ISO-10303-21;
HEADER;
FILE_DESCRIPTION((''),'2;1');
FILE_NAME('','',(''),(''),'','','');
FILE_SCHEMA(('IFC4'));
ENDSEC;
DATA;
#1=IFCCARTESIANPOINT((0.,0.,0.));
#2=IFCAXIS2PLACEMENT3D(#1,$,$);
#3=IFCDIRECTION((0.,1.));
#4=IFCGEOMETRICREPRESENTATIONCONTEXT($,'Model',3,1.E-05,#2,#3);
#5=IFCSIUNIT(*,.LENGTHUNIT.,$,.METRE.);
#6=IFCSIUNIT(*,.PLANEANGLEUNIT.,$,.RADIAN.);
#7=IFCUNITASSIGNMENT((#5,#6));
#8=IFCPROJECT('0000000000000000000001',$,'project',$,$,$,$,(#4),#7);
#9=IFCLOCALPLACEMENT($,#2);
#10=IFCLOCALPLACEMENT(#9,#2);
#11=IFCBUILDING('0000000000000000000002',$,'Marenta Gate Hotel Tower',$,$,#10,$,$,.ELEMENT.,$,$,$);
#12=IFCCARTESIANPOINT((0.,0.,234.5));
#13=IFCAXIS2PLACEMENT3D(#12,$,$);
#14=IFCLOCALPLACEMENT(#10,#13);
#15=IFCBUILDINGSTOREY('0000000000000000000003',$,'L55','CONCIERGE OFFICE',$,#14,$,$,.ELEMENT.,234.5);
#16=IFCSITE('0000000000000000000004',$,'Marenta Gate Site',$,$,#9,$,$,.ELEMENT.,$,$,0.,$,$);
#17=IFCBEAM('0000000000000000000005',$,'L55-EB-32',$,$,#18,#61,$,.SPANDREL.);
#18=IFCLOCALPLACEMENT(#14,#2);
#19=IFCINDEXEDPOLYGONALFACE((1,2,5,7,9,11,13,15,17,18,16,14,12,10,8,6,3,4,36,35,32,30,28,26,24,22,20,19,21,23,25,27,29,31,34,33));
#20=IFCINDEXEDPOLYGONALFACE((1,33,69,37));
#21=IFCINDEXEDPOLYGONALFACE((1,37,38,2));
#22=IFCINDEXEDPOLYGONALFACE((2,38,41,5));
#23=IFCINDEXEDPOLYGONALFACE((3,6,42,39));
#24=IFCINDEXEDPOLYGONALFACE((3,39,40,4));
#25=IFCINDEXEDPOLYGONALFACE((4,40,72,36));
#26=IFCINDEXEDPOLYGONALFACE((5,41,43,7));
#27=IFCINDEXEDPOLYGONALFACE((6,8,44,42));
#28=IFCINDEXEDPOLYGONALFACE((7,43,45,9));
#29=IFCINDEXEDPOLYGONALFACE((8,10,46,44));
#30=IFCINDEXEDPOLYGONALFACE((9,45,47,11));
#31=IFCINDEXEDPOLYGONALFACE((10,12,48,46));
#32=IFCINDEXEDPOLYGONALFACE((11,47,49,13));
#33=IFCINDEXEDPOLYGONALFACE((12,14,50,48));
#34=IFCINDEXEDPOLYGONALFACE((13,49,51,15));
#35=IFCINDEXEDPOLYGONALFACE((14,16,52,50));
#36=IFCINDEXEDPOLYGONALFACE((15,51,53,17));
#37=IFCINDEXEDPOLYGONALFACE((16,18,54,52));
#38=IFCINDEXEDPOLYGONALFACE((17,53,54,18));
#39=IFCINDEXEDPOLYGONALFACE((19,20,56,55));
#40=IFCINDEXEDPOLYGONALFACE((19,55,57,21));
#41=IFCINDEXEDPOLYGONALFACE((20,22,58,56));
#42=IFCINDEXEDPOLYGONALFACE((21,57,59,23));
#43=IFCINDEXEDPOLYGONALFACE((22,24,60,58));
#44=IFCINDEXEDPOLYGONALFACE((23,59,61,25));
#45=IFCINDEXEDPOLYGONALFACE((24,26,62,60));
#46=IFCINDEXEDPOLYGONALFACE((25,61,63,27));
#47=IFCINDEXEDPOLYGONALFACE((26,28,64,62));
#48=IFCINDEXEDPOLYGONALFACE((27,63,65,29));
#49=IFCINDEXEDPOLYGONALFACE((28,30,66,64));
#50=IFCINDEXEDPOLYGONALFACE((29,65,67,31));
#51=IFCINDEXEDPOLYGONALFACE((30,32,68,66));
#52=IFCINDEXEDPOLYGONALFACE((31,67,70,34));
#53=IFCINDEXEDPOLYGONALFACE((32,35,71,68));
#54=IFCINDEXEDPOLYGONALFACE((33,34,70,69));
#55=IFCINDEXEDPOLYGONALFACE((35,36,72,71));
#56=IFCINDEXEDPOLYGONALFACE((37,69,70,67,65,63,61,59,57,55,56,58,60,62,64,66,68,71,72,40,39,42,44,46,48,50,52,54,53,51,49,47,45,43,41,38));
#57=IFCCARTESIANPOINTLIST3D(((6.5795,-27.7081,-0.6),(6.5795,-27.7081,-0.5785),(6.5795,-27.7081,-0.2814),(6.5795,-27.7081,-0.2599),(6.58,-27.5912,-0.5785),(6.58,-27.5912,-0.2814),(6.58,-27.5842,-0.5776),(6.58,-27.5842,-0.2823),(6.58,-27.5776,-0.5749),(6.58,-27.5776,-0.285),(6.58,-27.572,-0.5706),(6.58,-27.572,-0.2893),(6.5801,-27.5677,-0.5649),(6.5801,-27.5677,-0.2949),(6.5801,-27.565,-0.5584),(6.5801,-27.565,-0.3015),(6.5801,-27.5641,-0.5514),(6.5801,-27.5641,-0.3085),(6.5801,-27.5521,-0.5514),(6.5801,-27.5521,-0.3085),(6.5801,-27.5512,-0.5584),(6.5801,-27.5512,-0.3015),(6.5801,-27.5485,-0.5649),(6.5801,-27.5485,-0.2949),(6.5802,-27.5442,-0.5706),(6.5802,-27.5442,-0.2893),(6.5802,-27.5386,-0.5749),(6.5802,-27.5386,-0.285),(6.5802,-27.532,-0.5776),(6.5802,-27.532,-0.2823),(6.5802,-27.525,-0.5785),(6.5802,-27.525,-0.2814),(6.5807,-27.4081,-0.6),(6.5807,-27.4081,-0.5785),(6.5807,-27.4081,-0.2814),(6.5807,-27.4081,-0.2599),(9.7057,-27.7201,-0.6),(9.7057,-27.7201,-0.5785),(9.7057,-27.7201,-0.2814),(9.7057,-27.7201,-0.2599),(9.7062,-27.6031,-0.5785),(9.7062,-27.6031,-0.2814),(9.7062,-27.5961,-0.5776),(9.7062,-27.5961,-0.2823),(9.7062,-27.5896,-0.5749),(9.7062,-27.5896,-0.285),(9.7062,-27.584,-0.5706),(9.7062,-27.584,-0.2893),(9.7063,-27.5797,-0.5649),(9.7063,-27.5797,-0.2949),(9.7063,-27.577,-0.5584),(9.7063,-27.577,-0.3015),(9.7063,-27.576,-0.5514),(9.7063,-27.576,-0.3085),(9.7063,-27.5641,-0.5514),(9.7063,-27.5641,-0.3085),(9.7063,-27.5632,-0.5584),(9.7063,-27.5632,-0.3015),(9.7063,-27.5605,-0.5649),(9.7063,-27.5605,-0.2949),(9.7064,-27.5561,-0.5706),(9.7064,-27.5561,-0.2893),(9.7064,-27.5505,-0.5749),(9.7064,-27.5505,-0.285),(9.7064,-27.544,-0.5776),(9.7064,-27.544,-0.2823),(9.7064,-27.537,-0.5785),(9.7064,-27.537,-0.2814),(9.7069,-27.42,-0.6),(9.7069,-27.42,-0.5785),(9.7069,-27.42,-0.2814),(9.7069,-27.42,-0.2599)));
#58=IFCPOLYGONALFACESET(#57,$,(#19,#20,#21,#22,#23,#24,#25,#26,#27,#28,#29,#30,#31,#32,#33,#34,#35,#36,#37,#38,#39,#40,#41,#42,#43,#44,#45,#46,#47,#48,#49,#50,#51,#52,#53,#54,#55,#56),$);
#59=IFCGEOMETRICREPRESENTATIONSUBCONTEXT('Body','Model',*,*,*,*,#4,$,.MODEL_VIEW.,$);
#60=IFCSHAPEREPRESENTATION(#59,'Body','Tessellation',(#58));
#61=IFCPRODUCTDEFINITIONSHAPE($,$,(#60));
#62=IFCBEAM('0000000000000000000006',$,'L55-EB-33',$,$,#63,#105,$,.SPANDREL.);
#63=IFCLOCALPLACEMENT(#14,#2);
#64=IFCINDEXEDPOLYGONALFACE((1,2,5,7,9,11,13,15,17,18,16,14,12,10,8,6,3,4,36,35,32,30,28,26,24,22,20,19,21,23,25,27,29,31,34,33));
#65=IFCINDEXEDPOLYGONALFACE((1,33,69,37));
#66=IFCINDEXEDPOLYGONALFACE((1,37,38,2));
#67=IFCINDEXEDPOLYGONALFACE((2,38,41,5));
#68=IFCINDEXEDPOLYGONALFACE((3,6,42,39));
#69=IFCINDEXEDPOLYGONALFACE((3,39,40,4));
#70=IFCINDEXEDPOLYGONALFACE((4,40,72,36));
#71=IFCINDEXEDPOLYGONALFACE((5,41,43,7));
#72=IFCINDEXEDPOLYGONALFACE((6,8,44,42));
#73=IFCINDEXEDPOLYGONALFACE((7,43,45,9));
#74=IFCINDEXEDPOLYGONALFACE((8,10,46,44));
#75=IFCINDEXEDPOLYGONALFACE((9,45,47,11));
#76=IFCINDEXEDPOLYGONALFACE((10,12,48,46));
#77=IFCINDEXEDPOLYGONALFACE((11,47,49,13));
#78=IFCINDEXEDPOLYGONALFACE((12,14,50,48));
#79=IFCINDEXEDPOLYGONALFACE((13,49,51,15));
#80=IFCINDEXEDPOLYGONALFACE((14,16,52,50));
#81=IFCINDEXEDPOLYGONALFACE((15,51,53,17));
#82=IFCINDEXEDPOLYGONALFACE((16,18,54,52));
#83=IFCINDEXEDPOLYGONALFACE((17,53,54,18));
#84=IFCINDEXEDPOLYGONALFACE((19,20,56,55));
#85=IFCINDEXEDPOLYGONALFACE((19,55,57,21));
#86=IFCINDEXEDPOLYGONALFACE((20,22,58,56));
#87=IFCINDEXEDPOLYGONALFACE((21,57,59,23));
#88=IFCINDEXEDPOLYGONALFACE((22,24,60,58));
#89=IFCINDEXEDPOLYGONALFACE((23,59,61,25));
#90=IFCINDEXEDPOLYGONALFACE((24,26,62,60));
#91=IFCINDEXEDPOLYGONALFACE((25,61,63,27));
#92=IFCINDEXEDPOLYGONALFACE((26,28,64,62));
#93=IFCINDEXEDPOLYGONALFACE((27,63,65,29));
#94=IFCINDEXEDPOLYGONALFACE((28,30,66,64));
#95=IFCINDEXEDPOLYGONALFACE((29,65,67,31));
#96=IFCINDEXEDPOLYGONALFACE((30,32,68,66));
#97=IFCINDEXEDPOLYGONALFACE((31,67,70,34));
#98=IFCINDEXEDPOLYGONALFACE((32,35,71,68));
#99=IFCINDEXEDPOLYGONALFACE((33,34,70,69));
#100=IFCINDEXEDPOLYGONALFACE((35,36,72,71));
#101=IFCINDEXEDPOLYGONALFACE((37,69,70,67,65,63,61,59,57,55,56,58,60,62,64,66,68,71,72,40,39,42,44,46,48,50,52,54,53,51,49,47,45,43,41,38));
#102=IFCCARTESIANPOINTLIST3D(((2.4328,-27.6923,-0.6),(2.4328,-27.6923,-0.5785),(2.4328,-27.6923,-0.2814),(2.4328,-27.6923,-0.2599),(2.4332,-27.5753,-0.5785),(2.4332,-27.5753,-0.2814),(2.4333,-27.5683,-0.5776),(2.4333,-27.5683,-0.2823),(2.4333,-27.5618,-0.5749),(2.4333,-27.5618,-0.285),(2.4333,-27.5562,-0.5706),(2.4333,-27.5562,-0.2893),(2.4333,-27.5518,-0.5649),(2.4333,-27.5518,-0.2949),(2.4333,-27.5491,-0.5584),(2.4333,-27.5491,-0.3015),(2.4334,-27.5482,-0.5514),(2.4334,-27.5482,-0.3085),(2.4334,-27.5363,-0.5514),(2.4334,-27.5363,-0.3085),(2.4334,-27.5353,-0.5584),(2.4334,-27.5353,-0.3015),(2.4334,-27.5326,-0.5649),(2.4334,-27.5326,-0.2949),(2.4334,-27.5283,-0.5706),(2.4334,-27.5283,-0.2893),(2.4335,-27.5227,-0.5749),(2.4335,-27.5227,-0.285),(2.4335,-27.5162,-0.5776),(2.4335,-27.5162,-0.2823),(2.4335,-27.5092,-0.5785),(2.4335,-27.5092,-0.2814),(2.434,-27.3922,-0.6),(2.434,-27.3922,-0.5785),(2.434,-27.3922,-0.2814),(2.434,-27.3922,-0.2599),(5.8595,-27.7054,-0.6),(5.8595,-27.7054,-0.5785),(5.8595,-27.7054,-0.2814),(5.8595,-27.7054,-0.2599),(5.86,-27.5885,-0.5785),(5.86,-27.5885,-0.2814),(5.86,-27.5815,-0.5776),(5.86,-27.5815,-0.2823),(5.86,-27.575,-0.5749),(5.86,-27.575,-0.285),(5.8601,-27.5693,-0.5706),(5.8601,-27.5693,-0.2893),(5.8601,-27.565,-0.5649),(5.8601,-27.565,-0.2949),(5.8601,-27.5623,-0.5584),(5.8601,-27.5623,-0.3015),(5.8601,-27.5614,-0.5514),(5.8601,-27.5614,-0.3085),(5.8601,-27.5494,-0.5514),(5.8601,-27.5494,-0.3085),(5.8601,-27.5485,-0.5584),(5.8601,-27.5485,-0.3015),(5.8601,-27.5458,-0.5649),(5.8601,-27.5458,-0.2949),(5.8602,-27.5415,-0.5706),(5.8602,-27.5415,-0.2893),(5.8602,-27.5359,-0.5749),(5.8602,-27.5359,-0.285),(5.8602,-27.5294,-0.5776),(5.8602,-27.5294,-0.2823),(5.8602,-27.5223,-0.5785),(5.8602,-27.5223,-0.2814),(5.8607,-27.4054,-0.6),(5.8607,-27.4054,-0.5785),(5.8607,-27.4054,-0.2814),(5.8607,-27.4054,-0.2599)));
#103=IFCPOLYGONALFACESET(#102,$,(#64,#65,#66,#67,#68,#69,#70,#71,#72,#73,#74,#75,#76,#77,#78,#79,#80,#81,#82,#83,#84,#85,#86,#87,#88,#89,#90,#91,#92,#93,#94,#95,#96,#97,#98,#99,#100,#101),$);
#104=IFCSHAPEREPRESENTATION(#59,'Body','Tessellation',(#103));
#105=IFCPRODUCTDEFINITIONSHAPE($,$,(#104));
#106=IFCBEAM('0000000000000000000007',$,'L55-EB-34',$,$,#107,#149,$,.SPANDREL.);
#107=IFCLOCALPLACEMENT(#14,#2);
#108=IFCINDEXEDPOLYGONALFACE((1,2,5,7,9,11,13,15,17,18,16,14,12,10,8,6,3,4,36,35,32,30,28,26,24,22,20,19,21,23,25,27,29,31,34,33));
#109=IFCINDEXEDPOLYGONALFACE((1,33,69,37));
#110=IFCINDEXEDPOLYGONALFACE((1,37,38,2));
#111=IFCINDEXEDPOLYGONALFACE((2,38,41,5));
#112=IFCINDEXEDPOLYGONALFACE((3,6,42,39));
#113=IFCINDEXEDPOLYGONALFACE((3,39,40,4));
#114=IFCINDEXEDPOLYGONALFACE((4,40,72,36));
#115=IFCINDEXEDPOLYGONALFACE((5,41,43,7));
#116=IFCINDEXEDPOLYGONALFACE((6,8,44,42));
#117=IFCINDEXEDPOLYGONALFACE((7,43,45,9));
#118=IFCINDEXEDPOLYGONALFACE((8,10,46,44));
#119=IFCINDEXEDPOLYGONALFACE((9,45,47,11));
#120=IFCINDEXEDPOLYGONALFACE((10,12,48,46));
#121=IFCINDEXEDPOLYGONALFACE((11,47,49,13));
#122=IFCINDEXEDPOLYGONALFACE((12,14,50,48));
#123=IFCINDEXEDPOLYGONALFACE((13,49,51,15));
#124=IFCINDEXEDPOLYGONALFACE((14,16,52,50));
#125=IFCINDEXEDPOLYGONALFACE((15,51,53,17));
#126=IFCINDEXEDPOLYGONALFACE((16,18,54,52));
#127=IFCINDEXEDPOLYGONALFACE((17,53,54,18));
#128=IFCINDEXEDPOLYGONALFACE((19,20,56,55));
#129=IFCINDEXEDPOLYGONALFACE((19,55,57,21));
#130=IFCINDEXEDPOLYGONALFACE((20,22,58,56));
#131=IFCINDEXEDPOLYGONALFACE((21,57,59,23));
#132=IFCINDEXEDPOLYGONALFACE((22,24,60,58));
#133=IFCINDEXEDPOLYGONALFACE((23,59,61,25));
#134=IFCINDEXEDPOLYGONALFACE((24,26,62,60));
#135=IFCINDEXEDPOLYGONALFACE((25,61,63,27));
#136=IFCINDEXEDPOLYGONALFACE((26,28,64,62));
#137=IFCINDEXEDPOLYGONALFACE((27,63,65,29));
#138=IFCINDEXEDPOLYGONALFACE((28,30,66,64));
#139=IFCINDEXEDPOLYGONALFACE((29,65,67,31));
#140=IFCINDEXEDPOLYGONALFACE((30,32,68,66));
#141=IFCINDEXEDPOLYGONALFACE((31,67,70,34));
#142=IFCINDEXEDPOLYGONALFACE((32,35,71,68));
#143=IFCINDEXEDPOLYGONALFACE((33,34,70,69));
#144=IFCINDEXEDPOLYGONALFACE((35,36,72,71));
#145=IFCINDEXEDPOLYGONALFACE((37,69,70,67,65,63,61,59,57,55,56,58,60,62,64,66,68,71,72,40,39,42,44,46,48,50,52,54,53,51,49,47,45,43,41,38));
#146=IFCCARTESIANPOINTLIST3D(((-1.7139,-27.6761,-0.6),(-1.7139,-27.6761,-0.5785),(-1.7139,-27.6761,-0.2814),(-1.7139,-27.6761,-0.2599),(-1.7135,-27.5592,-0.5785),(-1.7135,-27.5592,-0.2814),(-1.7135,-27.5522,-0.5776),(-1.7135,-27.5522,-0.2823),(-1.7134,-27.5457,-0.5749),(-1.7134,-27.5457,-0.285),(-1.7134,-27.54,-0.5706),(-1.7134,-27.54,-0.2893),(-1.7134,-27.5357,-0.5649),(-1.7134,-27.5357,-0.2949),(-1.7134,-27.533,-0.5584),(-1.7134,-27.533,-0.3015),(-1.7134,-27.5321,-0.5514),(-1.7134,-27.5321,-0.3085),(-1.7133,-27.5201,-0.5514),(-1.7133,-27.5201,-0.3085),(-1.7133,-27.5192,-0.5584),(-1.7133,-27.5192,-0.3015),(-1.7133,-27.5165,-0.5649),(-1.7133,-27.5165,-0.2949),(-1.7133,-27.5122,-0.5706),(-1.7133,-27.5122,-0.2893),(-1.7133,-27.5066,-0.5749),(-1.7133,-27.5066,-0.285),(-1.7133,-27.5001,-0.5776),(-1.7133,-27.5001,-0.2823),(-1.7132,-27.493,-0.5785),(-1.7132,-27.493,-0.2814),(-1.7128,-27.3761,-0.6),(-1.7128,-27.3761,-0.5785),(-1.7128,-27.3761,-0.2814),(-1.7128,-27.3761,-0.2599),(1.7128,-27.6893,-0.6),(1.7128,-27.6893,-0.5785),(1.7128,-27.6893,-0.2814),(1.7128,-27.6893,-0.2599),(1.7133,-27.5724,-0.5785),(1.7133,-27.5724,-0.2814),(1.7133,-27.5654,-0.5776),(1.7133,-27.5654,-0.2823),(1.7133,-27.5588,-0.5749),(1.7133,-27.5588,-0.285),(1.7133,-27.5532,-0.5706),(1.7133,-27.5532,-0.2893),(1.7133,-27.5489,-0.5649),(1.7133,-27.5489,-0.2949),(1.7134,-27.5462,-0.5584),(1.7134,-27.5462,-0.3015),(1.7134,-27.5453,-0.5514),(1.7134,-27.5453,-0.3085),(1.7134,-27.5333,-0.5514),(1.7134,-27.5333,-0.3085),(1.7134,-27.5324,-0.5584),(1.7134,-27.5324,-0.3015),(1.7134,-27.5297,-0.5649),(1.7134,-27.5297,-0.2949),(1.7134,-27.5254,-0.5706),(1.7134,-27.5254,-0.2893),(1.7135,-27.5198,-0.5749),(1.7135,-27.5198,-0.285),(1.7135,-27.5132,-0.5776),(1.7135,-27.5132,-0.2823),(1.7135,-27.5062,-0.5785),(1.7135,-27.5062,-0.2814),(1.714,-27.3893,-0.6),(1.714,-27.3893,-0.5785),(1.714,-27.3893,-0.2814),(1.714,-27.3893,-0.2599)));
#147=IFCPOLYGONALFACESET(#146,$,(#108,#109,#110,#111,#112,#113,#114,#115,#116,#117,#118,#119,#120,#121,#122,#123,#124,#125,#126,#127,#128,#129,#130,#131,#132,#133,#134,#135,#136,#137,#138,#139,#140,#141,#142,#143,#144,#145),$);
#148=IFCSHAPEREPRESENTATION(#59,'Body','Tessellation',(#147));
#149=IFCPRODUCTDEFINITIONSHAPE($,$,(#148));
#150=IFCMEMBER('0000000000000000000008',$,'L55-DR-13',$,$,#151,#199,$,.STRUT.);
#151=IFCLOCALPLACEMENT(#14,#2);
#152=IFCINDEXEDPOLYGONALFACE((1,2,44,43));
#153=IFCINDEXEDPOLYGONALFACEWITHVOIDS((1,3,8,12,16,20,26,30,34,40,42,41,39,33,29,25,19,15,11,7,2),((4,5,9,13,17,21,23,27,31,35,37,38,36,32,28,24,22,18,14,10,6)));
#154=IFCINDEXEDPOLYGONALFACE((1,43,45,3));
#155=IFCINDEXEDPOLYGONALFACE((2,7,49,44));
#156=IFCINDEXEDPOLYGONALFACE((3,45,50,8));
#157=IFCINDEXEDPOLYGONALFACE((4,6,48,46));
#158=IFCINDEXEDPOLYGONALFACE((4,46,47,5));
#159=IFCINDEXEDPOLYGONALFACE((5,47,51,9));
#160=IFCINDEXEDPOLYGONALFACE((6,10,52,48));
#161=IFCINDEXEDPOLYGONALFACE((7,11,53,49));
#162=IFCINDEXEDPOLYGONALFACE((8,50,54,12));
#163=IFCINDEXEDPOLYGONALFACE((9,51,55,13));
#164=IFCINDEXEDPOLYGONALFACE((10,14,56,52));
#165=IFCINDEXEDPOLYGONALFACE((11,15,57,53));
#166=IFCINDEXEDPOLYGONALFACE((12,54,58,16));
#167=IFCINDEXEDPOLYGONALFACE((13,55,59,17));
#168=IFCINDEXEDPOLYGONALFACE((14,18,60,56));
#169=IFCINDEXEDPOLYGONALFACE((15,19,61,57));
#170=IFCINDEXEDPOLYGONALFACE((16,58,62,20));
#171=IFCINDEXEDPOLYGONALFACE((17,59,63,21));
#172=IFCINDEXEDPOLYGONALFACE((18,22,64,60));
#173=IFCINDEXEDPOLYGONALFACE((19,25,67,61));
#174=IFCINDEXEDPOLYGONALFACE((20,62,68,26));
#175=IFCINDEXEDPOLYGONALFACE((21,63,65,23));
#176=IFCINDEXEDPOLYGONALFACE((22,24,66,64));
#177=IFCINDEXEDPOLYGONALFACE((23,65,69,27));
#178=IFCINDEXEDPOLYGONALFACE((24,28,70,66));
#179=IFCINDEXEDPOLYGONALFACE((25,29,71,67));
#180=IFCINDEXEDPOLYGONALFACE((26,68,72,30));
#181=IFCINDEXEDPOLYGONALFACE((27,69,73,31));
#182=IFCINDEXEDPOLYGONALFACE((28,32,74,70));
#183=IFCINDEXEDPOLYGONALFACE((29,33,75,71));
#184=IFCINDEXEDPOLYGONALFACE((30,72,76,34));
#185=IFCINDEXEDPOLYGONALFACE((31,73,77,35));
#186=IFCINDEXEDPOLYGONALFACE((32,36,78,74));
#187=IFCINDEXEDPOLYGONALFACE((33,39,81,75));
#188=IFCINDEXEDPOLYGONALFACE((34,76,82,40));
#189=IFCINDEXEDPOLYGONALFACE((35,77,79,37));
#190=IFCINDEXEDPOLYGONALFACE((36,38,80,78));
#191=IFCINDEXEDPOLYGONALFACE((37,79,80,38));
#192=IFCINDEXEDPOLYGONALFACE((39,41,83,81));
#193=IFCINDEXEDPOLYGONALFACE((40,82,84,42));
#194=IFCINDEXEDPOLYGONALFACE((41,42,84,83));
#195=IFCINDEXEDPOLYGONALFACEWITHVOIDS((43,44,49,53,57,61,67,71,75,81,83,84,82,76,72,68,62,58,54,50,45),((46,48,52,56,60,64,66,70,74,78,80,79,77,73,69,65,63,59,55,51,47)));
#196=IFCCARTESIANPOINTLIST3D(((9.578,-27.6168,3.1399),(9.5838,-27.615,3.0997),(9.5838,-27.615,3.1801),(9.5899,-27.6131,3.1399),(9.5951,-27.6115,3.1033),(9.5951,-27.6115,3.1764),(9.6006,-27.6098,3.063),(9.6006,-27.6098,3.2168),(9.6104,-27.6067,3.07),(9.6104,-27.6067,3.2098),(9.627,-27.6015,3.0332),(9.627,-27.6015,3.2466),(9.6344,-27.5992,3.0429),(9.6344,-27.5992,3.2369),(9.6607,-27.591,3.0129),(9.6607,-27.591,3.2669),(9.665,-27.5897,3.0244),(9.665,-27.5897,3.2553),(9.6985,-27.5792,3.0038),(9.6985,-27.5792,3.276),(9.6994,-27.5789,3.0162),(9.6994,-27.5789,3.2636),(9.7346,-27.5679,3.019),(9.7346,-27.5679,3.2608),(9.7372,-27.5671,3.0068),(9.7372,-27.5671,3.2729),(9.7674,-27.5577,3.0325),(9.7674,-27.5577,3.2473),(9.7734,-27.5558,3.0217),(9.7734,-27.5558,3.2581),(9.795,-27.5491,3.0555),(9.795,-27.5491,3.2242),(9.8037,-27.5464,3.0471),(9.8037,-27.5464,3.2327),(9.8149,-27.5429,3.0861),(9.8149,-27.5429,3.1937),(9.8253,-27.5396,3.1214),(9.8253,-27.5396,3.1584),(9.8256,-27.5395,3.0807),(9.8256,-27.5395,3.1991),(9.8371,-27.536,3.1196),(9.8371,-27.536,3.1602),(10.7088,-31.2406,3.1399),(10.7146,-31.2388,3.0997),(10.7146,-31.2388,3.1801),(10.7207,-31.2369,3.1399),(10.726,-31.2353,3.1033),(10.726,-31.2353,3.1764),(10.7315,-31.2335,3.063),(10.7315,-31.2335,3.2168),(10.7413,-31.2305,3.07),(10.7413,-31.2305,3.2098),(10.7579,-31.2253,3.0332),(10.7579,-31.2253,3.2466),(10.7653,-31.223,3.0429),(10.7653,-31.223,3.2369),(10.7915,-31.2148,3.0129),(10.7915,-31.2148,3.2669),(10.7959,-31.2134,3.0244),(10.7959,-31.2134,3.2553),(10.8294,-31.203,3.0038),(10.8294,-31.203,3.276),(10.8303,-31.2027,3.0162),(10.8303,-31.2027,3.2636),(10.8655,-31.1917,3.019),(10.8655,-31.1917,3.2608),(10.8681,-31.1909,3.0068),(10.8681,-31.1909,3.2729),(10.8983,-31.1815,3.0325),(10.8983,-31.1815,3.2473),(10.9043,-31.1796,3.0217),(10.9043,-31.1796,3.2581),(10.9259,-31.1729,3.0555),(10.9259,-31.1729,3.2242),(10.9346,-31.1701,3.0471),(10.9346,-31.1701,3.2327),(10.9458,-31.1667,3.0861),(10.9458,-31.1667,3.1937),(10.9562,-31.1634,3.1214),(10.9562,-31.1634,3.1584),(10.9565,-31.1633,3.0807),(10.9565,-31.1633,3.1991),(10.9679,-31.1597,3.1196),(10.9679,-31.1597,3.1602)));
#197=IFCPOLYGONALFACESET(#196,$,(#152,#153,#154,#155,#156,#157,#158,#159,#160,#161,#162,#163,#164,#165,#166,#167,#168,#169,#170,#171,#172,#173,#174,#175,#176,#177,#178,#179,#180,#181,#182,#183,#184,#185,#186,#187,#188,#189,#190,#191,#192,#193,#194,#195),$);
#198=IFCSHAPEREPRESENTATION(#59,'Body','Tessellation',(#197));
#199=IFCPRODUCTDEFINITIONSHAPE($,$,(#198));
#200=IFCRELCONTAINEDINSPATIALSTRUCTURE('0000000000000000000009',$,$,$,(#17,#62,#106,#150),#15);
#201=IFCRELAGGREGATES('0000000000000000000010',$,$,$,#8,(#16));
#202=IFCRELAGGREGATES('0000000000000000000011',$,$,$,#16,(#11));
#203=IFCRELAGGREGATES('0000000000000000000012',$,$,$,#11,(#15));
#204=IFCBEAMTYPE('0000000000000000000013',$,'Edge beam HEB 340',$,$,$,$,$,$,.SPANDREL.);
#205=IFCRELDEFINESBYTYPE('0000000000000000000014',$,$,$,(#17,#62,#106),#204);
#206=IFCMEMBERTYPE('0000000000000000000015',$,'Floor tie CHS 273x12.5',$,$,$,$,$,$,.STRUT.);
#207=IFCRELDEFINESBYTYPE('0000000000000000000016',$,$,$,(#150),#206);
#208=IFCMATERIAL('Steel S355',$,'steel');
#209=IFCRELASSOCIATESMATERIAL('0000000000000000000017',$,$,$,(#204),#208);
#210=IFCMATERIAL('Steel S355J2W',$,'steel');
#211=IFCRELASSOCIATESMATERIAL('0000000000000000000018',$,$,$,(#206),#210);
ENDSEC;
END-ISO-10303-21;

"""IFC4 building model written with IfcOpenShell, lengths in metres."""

from ifc_helpers import new_model, si_unit, direction, frame, origin, origin_2d, place, context, subcontext, project, spatial, hollow_circle, i_section, extrude, material, material_profile, profile_set, type_object, element, save


model = new_model("IFC4")

# Units and contexts
model_context = context("Model", 3, precision=1e-05, world=origin(), true_north=direction((0.0, 1.0)))
body_context = subcontext(model_context, "Body", "Model", "MODEL_VIEW")
ifc_project = project(units=[si_unit("LENGTHUNIT", "METRE"), si_unit("PLANEANGLEUNIT", "RADIAN")], contexts=[model_context])

# Site, building, storey
site_placement = place(None, origin())
site = spatial("IfcSite", under=ifc_project, at=site_placement, Name="Marenta Gate Site", CompositionType="ELEMENT", RefElevation=0.0)
building_placement = place(site_placement, origin())
building = spatial("IfcBuilding", under=site, at=building_placement, Name="Marenta Gate Hotel Tower", CompositionType="ELEMENT")
storey_placement = place(building_placement, frame((0.0, 0.0, 234.5)))
storey = spatial("IfcBuildingStorey", under=building, at=storey_placement, Name="L55", Description="CONCIERGE OFFICE", CompositionType="ELEMENT", Elevation=234.5)

# Beams
ifc_material_1 = material(Name="Steel S355", Category="steel")
ifc_material_profile_1 = material_profile(ifc_material_1, i_section(OverallWidth=0.3, OverallDepth=0.3401, WebThickness=0.012, FlangeThickness=0.0215, FilletRadius=0.0271, at=origin_2d()), Name="HEB 340")
ifc_profile_set_1 = profile_set([ifc_material_profile_1], Name="Steel S355")
beam_type = type_object("IfcBeamType", Name="Edge beam HEB 340", PredefinedType="SPANDREL", material=ifc_profile_set_1)
beam_placement = place(storey_placement, frame((9.7063, -27.5701, -0.4299), z_axis=(-0.999993, 0.003827, 0.0), x_axis=(-0.003827, -0.999993, 0.0)))
element("IfcBeam", 1, at=beam_placement, inside=storey, type_object=beam_type, Name="L55-EB-32", PredefinedType="SPANDREL", context=body_context, shape_type="SweptSolid", body=[
    extrude(i_section(OverallWidth=0.3, OverallDepth=0.3401, WebThickness=0.012, FlangeThickness=0.0215, FilletRadius=0.0271, at=origin_2d()), origin(), (0.0, 0.0, 1.0), 3.1262),
])
for number, where, z_axis, x_axis, name in (
    (2, (5.8601, -27.5554, -0.4299), (-0.999993, 0.003847, 0.0), (-0.003847, -0.999993, 0.0), "L55-EB-33"),
    (3, (1.7134, -27.5393, -0.4299), (-0.999993, 0.003847, 0.0), (-0.003847, -0.999993, 0.0), "L55-EB-34"),
):
    element("IfcBeam", number, at=place(storey_placement, frame(where, z_axis=z_axis, x_axis=x_axis)), inside=storey, type_object=beam_type, Name=name, PredefinedType="SPANDREL", context=body_context, shape_type="SweptSolid", body=[
        extrude(i_section(OverallWidth=0.3, OverallDepth=0.3401, WebThickness=0.012, FlangeThickness=0.0215, FilletRadius=0.0271, at=origin_2d()), origin(), (0.0, 0.0, 1.0), 3.4268),
    ])

# Member
ifc_material_2 = material(Name="Steel S355J2W", Category="steel")
ifc_material_profile_2 = material_profile(ifc_material_2, hollow_circle(Radius=0.1365, WallThickness=0.0125, at=origin_2d()), Name="CHS 273x12.5")
ifc_profile_set_2 = profile_set([ifc_material_profile_2], Name="Steel S355J2W")
member_type_1 = type_object("IfcMemberType", Name="Floor tie CHS 273x12.5", PredefinedType="STRUT", material=ifc_profile_set_2)
member_1_placement = place(storey_placement, frame((10.8391, -31.2, 3.1399), z_axis=(-0.297898, 0.954598, 0.0), x_axis=(-0.954598, -0.297898, 0.0)))
element("IfcMember", 4, at=member_1_placement, inside=storey, type_object=member_type_1, Name="L55-DR-13", PredefinedType="STRUT", context=body_context, shape_type="SweptSolid", body=[
    extrude(hollow_circle(Radius=0.1365, WallThickness=0.0125, at=origin_2d()), origin(), (0.0, 0.0, 1.0), 3.7961),
])

save(model, "model.ifc")
